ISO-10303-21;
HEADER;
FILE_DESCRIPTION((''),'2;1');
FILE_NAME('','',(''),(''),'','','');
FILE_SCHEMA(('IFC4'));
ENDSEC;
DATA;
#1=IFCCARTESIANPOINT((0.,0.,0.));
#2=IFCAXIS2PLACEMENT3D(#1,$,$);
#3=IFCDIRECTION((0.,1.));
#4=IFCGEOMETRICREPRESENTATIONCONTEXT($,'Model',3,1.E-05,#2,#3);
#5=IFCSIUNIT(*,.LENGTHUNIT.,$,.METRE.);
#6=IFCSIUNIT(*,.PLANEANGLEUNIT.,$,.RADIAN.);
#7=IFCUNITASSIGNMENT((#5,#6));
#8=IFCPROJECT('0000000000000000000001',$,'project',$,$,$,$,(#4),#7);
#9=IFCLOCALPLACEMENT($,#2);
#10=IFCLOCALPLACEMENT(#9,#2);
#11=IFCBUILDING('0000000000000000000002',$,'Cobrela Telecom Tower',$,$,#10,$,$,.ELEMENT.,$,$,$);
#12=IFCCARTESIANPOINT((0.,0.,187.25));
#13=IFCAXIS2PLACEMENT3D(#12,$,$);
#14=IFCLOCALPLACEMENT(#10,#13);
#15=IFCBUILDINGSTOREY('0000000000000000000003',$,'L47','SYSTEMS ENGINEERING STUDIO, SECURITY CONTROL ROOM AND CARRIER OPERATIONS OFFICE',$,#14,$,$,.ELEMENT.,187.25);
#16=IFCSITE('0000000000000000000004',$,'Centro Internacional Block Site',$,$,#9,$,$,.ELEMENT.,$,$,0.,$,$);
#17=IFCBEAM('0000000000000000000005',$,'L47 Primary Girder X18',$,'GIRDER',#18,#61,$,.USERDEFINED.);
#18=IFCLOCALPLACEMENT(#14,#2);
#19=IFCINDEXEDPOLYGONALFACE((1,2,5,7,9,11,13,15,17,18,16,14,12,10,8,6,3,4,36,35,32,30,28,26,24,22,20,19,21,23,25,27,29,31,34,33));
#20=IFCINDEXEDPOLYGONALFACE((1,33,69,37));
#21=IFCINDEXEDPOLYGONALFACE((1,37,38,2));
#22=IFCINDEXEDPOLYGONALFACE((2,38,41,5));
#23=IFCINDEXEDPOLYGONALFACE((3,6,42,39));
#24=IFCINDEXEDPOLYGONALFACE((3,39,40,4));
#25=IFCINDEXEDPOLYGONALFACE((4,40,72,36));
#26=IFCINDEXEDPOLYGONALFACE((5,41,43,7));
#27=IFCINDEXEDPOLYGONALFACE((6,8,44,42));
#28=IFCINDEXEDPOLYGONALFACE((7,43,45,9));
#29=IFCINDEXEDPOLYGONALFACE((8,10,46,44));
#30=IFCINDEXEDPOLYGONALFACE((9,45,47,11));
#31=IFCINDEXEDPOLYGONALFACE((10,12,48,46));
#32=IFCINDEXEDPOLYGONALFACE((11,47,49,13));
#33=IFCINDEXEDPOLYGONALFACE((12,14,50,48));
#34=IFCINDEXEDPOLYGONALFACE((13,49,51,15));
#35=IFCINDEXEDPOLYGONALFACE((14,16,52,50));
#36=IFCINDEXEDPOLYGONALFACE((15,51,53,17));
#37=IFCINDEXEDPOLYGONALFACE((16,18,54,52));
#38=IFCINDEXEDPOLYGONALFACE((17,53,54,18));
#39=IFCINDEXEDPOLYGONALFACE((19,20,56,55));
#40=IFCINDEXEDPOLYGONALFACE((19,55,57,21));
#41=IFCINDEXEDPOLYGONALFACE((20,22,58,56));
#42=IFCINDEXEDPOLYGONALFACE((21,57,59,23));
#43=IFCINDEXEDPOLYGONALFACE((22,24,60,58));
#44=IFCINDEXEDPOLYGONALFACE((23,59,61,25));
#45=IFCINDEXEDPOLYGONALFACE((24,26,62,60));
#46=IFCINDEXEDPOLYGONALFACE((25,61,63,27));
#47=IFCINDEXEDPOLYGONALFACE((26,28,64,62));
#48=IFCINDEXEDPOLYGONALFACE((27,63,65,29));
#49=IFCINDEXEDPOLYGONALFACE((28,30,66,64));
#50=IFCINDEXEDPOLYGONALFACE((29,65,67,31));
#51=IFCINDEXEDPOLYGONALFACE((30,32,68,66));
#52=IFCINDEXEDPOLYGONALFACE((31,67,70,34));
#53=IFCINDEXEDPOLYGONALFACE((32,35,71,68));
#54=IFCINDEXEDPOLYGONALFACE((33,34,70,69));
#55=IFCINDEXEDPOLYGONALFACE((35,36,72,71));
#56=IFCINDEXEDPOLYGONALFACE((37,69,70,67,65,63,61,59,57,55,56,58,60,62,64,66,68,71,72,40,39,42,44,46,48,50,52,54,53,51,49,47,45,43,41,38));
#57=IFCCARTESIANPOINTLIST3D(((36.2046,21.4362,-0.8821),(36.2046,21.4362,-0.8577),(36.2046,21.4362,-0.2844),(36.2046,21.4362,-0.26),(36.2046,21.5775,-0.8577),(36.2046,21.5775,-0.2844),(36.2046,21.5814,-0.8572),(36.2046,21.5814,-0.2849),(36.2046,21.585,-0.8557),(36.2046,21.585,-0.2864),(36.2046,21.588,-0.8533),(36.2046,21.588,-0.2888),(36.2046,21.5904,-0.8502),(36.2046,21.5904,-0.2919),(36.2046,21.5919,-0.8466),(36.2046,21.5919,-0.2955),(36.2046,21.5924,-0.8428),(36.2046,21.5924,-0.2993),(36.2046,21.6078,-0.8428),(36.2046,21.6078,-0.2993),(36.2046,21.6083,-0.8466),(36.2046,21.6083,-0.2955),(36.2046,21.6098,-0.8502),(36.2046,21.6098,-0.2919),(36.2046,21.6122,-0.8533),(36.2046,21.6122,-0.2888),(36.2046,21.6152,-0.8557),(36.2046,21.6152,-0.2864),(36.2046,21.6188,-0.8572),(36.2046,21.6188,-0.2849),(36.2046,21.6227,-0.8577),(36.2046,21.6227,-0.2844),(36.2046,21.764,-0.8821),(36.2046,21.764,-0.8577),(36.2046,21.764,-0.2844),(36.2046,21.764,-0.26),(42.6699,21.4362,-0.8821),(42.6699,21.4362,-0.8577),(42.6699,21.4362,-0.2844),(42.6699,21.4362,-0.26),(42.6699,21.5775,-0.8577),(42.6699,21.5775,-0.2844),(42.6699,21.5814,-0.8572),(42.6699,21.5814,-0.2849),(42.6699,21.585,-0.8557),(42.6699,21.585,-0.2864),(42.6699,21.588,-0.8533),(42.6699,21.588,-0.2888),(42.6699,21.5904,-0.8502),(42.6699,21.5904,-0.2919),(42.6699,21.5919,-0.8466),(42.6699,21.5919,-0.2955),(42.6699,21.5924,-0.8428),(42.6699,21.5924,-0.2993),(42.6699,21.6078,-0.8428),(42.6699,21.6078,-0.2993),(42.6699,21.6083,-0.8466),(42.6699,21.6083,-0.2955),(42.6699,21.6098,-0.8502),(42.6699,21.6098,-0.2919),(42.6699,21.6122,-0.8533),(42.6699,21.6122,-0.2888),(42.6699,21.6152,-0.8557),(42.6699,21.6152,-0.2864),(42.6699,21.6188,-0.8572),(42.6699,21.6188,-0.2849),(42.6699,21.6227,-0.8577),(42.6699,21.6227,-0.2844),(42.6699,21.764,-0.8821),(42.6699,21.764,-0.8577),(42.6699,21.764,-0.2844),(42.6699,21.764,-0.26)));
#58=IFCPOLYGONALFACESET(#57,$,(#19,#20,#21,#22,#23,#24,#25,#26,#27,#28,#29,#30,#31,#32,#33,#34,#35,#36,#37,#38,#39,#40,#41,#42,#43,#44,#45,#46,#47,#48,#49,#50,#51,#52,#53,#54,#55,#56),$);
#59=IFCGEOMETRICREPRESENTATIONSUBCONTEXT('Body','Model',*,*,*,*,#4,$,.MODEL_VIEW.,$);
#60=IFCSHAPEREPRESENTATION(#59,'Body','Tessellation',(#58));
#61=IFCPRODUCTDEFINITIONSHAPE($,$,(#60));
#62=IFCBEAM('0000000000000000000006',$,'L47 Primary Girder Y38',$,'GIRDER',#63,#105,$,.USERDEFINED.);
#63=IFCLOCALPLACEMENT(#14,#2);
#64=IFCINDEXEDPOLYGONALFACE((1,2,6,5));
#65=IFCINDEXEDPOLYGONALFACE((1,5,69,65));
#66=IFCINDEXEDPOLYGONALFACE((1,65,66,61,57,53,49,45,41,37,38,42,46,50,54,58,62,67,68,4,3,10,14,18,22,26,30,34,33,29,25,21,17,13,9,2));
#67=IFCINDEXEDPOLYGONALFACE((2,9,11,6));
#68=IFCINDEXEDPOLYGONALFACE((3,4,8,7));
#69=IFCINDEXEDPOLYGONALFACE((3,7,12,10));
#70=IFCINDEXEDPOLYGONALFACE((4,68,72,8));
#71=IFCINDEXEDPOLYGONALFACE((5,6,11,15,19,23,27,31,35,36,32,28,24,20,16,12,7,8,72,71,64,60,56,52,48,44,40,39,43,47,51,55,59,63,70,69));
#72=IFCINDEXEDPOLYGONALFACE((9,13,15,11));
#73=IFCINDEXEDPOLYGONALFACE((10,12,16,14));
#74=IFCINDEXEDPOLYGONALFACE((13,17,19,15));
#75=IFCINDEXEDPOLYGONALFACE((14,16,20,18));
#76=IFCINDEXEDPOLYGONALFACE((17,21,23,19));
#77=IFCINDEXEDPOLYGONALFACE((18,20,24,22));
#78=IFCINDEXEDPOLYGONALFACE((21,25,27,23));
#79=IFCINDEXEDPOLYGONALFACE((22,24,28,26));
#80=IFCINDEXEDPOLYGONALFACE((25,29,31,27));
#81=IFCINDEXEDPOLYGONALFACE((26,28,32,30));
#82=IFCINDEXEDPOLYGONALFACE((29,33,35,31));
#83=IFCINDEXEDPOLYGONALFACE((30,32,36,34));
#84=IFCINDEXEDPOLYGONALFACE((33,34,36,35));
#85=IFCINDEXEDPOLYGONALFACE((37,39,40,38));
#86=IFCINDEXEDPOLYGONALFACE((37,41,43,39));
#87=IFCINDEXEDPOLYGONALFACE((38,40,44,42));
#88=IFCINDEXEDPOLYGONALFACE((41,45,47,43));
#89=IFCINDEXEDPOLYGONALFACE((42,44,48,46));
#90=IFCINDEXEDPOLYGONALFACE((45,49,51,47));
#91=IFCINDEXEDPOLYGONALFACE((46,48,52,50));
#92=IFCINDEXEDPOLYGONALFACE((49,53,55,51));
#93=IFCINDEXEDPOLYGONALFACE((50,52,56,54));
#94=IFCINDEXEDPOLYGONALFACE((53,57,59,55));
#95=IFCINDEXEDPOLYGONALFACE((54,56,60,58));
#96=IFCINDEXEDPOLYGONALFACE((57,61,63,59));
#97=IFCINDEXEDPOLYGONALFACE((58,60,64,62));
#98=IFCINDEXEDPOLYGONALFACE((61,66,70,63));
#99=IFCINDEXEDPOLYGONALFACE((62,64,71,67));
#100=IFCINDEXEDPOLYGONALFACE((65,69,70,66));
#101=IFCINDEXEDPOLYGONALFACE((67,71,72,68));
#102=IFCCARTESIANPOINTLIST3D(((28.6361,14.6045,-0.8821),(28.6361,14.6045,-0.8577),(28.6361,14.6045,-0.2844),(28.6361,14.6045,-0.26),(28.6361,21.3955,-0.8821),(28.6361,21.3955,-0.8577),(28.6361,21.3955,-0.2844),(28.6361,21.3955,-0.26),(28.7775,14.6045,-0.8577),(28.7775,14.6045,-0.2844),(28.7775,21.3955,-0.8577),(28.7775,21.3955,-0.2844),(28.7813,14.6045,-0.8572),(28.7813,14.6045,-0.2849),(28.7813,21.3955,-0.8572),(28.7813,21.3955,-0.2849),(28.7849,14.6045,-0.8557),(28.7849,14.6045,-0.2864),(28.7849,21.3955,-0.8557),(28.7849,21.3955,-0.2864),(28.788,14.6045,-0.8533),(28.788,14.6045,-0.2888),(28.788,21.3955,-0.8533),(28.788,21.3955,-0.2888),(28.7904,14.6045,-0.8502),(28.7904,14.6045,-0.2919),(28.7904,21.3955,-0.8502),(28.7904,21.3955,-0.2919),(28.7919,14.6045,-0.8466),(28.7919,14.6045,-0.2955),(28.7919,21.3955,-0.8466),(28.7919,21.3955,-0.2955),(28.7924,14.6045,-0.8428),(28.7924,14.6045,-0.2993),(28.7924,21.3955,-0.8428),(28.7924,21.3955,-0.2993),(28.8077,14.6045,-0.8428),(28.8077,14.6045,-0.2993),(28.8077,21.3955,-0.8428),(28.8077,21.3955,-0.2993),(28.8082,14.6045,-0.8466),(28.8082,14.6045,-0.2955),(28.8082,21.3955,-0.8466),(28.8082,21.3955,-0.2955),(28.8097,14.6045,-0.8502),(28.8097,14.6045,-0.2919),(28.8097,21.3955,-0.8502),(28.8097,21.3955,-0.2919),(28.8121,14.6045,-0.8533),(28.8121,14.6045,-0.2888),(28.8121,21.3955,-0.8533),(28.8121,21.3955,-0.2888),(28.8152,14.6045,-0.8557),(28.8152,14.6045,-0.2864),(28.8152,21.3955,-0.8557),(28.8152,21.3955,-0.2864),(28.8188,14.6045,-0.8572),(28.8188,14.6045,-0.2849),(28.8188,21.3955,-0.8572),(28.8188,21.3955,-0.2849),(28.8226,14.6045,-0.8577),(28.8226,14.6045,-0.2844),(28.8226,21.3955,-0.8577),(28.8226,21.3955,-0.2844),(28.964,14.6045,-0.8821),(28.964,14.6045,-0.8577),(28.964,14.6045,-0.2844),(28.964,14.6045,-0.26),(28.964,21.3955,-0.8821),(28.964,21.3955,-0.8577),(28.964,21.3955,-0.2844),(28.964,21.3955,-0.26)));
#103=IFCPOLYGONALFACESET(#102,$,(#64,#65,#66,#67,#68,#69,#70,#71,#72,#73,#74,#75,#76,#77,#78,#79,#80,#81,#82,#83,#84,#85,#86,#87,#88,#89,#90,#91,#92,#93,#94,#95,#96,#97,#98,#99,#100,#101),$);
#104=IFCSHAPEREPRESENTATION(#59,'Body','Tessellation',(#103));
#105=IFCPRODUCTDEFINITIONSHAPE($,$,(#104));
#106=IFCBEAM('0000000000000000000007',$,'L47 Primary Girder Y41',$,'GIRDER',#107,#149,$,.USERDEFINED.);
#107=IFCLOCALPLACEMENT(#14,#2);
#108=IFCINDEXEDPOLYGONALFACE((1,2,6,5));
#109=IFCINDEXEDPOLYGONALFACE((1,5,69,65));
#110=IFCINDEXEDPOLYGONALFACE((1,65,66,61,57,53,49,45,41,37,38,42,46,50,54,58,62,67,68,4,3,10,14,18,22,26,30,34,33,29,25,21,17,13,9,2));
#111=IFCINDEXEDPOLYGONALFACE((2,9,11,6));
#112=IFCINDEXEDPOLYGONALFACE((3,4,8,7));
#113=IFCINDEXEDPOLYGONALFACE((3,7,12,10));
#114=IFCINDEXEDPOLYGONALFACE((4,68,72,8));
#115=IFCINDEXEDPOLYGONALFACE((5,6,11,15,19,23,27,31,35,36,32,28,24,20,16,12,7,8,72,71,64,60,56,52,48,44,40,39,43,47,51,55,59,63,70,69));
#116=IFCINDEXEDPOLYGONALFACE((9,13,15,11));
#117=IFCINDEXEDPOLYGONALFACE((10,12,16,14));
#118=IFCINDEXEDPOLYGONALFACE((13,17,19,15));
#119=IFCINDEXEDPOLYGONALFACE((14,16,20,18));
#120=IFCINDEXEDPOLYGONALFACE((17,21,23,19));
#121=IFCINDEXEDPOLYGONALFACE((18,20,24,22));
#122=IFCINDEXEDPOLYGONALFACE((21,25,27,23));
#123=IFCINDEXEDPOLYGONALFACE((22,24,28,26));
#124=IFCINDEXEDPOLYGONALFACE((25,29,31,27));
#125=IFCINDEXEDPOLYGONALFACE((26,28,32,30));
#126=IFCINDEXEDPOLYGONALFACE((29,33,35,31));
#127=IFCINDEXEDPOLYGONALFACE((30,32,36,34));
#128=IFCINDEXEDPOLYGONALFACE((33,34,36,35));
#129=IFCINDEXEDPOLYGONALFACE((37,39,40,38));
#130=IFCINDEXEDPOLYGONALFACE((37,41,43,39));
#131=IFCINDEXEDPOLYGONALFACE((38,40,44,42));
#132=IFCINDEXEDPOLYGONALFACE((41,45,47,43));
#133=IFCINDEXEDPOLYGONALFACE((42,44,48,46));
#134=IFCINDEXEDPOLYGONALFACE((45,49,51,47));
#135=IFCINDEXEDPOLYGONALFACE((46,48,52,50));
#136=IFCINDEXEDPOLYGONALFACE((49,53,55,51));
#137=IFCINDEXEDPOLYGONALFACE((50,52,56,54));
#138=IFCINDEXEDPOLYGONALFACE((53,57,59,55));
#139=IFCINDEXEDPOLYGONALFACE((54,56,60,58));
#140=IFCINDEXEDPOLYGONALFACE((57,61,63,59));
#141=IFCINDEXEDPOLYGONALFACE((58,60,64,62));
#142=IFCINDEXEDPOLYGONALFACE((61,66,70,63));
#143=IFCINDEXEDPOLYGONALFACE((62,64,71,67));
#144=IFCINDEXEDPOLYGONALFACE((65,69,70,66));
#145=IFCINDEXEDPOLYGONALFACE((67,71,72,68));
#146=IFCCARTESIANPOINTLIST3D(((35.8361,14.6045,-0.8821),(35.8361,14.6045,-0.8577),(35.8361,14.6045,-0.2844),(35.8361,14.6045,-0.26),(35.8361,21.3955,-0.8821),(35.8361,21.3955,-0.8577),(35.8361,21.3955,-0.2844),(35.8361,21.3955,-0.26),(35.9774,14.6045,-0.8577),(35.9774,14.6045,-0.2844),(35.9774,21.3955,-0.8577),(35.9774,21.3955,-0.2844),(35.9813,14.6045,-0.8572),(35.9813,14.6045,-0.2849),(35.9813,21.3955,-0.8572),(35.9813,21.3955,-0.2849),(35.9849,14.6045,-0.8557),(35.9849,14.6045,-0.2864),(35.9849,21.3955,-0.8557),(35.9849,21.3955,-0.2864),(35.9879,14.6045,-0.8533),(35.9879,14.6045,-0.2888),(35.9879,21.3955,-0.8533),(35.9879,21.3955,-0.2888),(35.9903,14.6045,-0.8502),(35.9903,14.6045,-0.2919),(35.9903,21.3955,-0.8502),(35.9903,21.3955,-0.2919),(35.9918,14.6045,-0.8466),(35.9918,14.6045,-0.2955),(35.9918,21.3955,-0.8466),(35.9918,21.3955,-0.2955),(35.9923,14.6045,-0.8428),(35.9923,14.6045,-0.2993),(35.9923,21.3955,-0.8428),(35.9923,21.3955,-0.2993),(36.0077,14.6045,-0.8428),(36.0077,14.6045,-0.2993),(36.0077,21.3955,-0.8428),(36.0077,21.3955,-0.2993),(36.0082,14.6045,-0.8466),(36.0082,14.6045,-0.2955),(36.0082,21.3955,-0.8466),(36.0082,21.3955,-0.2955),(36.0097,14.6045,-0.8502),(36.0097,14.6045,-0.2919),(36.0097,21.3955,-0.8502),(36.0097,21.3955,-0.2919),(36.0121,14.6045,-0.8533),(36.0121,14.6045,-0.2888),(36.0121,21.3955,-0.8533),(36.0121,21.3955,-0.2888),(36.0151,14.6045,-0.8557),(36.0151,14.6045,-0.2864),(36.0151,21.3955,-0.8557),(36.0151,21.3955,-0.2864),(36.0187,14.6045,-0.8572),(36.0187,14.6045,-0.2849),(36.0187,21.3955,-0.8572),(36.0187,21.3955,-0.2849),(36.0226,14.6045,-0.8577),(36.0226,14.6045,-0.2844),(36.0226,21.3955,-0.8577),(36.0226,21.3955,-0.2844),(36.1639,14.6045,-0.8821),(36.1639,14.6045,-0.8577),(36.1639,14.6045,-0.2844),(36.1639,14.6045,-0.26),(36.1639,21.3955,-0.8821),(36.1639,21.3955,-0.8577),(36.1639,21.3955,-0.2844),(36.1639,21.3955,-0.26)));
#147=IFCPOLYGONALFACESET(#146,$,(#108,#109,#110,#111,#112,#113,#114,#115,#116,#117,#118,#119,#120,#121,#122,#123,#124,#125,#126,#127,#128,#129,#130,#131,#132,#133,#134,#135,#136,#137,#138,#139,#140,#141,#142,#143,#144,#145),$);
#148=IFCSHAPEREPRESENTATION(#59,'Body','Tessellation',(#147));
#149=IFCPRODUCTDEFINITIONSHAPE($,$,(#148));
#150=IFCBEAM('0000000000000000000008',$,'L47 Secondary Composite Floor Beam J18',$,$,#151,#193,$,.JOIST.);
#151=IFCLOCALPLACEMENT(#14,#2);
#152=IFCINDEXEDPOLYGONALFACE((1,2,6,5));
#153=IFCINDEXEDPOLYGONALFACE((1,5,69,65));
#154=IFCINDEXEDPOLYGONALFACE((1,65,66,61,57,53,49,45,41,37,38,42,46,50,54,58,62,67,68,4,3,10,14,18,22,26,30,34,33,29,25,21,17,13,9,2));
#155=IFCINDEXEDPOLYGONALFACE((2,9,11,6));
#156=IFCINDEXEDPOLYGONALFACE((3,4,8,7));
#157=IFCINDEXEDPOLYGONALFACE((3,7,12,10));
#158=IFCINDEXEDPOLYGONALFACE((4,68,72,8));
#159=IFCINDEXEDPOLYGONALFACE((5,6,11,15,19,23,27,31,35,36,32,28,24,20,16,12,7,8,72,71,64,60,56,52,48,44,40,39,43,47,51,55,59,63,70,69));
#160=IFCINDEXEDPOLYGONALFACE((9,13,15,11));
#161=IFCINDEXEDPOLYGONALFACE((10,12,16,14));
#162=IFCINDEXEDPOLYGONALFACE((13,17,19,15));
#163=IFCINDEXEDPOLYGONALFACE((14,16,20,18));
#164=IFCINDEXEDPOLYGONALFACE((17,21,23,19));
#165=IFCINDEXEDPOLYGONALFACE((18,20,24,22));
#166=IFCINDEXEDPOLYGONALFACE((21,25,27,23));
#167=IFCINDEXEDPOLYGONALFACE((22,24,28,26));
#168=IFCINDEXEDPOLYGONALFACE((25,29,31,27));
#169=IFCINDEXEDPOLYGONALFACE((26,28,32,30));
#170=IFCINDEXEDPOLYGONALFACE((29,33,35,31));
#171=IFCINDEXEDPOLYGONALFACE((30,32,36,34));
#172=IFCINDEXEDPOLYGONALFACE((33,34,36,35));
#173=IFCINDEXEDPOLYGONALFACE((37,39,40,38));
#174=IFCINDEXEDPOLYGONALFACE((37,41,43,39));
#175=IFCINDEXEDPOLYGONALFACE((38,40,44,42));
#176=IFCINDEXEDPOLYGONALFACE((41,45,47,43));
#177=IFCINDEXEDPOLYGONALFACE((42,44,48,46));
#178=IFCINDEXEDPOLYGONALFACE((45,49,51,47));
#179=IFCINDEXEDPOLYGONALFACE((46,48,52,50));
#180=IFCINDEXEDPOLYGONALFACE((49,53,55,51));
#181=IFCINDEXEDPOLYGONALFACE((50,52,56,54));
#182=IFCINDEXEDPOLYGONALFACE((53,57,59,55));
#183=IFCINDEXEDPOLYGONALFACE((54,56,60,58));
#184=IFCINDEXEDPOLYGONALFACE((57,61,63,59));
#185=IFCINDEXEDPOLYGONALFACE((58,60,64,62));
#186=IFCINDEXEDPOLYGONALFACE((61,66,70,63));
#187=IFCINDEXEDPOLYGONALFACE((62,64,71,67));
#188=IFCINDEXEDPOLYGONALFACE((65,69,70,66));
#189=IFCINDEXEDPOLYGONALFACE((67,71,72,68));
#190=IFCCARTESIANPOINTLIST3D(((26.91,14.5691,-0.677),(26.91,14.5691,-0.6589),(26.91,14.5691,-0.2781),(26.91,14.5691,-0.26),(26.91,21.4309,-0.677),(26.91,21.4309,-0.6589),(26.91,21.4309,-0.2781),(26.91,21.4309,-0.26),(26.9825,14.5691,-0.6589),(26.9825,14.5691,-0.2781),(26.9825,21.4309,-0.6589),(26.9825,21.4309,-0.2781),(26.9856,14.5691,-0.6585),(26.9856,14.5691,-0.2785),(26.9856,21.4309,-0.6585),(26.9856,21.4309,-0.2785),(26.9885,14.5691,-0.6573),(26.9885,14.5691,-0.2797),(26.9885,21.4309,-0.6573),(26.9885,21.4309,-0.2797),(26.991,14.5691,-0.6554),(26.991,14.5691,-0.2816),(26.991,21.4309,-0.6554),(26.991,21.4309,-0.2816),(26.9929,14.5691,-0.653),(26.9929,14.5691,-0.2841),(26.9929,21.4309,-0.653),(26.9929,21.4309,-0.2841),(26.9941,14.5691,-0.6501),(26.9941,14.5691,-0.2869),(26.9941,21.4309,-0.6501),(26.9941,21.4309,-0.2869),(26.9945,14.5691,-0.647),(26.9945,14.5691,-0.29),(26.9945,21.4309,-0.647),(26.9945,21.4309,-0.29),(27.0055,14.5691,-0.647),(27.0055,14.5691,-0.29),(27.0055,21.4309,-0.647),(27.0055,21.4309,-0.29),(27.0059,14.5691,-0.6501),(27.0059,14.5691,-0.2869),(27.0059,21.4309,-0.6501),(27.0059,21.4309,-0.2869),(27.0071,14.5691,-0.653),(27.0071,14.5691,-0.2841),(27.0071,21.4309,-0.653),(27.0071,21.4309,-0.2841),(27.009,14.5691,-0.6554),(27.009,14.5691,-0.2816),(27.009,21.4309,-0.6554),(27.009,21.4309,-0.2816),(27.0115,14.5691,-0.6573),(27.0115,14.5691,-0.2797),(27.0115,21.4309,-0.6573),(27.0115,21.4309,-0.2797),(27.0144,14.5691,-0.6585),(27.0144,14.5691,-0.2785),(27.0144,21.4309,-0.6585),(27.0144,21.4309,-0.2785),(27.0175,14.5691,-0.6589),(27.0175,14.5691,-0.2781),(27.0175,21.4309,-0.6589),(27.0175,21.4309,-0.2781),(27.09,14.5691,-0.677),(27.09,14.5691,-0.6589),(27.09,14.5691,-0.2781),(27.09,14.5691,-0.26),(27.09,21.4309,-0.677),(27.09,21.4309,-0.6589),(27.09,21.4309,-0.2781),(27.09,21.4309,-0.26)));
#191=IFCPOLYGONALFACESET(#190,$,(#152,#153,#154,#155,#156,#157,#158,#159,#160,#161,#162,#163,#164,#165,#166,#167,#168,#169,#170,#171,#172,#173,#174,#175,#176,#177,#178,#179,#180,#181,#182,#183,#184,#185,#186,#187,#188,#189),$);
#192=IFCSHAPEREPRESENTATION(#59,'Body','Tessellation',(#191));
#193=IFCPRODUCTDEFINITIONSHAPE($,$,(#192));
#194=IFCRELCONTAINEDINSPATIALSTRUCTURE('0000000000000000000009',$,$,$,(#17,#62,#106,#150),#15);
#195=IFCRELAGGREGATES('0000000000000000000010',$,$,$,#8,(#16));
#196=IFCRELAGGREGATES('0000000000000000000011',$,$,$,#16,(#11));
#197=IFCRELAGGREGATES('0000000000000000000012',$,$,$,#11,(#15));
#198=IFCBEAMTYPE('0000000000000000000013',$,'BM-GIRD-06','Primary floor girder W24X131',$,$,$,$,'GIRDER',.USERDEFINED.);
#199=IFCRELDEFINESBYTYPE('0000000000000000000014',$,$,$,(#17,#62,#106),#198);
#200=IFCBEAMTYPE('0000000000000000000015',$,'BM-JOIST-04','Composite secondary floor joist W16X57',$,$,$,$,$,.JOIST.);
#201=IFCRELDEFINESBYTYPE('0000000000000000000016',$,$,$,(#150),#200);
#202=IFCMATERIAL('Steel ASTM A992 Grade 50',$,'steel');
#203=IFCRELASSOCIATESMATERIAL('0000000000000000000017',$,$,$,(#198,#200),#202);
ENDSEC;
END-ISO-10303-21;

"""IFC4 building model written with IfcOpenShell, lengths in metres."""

from ifc_helpers import new_model, si_unit, direction, frame, origin, origin_2d, place, context, subcontext, project, spatial, i_section, extrude, material, material_profile, profile_set, type_object, element, save


model = new_model("IFC4")

# Units and contexts
model_context = context("Model", 3, precision=1e-05, world=origin(), true_north=direction((0.0, 1.0)))
body_context = subcontext(model_context, "Body", "Model", "MODEL_VIEW")
ifc_project = project(units=[si_unit("LENGTHUNIT", "METRE"), si_unit("PLANEANGLEUNIT", "RADIAN")], contexts=[model_context])

# Site, building, storey
site_placement = place(None, origin())
site = spatial("IfcSite", under=ifc_project, at=site_placement, Name="Centro Internacional Block Site", CompositionType="ELEMENT", RefElevation=0.0)
building_placement = place(site_placement, origin())
building = spatial("IfcBuilding", under=site, at=building_placement, Name="Cobrela Telecom Tower", CompositionType="ELEMENT")
storey_placement = place(building_placement, frame((0.0, 0.0, 187.25)))
storey = spatial("IfcBuildingStorey", under=building, at=storey_placement, Name="L47", Description="SYSTEMS ENGINEERING STUDIO, SECURITY CONTROL ROOM AND CARRIER OPERATIONS OFFICE", CompositionType="ELEMENT", Elevation=187.25)

# Shared definitions
ifc_material_1 = material(Name="Steel ASTM A992 Grade 50", Category="steel")

# Beams
ifc_material_profile_1 = material_profile(ifc_material_1, i_section(OverallWidth=0.3279, OverallDepth=0.6221, WebThickness=0.0154, FlangeThickness=0.0244, FilletRadius=0.0149, at=origin_2d()), Name="W24X131")
ifc_profile_set_1 = profile_set([ifc_material_profile_1], Name="Steel ASTM A992 Grade 50")
beam_type_1 = type_object("IfcBeamType", Name="BM-GIRD-06", Description="Primary floor girder W24X131", ElementType="GIRDER", PredefinedType="USERDEFINED", material=ifc_profile_set_1)
beam_1_placement = place(storey_placement, frame((36.2046, 21.6001, -0.571), z_axis=(1.0, 0.0, 0.0), x_axis=(0.0, 1.0, 0.0)))
element("IfcBeam", 1, at=beam_1_placement, inside=storey, type_object=beam_type_1, Name="L47 Primary Girder X18", ObjectType="GIRDER", PredefinedType="USERDEFINED", context=body_context, shape_type="SweptSolid", body=[
    extrude(i_section(OverallWidth=0.3279, OverallDepth=0.6221, WebThickness=0.0154, FlangeThickness=0.0244, FilletRadius=0.0149, at=origin_2d()), origin(), (0.0, 0.0, 1.0), 6.4653),
])
for number, where, z_axis, x_axis, name in (
    (2, (28.8, 14.6045, -0.571), (0.0, 1.0, 0.0), (-1.0, 0.0, 0.0), "L47 Primary Girder Y38"),
    (3, (36.0, 14.6045, -0.571), (0.0, 1.0, 0.0), (-1.0, 0.0, 0.0), "L47 Primary Girder Y41"),
):
    element("IfcBeam", number, at=place(storey_placement, frame(where, z_axis=z_axis, x_axis=x_axis)), inside=storey, type_object=beam_type_1, Name=name, ObjectType="GIRDER", PredefinedType="USERDEFINED", context=body_context, shape_type="SweptSolid", body=[
        extrude(i_section(OverallWidth=0.3279, OverallDepth=0.6221, WebThickness=0.0154, FlangeThickness=0.0244, FilletRadius=0.0149, at=origin_2d()), origin(), (0.0, 0.0, 1.0), 6.791),
    ])
ifc_material_profile_2 = material_profile(ifc_material_1, i_section(OverallWidth=0.1799, OverallDepth=0.417, WebThickness=0.011, FlangeThickness=0.0181, FilletRadius=0.012, at=origin_2d()), Name="W16X57")
ifc_profile_set_2 = profile_set([ifc_material_profile_2], Name="Steel ASTM A992 Grade 50")
beam_type_2 = type_object("IfcBeamType", Name="BM-JOIST-04", Description="Composite secondary floor joist W16X57", PredefinedType="JOIST", material=ifc_profile_set_2)
for number, where, z_axis, x_axis, name in (
    (4, (27.0, 14.5691, -0.4685), (0.0, 1.0, 0.0), (-1.0, 0.0, 0.0), "L47 Secondary Composite Floor Beam J18"),
):
    element("IfcBeam", number, at=place(storey_placement, frame(where, z_axis=z_axis, x_axis=x_axis)), inside=storey, type_object=beam_type_2, Name=name, PredefinedType="JOIST", context=body_context, shape_type="SweptSolid", body=[
        extrude(i_section(OverallWidth=0.1799, OverallDepth=0.417, WebThickness=0.011, FlangeThickness=0.0181, FilletRadius=0.012, at=origin_2d()), origin(), (0.0, 0.0, 1.0), 6.8618),
    ])

save(model, "model.ifc")
